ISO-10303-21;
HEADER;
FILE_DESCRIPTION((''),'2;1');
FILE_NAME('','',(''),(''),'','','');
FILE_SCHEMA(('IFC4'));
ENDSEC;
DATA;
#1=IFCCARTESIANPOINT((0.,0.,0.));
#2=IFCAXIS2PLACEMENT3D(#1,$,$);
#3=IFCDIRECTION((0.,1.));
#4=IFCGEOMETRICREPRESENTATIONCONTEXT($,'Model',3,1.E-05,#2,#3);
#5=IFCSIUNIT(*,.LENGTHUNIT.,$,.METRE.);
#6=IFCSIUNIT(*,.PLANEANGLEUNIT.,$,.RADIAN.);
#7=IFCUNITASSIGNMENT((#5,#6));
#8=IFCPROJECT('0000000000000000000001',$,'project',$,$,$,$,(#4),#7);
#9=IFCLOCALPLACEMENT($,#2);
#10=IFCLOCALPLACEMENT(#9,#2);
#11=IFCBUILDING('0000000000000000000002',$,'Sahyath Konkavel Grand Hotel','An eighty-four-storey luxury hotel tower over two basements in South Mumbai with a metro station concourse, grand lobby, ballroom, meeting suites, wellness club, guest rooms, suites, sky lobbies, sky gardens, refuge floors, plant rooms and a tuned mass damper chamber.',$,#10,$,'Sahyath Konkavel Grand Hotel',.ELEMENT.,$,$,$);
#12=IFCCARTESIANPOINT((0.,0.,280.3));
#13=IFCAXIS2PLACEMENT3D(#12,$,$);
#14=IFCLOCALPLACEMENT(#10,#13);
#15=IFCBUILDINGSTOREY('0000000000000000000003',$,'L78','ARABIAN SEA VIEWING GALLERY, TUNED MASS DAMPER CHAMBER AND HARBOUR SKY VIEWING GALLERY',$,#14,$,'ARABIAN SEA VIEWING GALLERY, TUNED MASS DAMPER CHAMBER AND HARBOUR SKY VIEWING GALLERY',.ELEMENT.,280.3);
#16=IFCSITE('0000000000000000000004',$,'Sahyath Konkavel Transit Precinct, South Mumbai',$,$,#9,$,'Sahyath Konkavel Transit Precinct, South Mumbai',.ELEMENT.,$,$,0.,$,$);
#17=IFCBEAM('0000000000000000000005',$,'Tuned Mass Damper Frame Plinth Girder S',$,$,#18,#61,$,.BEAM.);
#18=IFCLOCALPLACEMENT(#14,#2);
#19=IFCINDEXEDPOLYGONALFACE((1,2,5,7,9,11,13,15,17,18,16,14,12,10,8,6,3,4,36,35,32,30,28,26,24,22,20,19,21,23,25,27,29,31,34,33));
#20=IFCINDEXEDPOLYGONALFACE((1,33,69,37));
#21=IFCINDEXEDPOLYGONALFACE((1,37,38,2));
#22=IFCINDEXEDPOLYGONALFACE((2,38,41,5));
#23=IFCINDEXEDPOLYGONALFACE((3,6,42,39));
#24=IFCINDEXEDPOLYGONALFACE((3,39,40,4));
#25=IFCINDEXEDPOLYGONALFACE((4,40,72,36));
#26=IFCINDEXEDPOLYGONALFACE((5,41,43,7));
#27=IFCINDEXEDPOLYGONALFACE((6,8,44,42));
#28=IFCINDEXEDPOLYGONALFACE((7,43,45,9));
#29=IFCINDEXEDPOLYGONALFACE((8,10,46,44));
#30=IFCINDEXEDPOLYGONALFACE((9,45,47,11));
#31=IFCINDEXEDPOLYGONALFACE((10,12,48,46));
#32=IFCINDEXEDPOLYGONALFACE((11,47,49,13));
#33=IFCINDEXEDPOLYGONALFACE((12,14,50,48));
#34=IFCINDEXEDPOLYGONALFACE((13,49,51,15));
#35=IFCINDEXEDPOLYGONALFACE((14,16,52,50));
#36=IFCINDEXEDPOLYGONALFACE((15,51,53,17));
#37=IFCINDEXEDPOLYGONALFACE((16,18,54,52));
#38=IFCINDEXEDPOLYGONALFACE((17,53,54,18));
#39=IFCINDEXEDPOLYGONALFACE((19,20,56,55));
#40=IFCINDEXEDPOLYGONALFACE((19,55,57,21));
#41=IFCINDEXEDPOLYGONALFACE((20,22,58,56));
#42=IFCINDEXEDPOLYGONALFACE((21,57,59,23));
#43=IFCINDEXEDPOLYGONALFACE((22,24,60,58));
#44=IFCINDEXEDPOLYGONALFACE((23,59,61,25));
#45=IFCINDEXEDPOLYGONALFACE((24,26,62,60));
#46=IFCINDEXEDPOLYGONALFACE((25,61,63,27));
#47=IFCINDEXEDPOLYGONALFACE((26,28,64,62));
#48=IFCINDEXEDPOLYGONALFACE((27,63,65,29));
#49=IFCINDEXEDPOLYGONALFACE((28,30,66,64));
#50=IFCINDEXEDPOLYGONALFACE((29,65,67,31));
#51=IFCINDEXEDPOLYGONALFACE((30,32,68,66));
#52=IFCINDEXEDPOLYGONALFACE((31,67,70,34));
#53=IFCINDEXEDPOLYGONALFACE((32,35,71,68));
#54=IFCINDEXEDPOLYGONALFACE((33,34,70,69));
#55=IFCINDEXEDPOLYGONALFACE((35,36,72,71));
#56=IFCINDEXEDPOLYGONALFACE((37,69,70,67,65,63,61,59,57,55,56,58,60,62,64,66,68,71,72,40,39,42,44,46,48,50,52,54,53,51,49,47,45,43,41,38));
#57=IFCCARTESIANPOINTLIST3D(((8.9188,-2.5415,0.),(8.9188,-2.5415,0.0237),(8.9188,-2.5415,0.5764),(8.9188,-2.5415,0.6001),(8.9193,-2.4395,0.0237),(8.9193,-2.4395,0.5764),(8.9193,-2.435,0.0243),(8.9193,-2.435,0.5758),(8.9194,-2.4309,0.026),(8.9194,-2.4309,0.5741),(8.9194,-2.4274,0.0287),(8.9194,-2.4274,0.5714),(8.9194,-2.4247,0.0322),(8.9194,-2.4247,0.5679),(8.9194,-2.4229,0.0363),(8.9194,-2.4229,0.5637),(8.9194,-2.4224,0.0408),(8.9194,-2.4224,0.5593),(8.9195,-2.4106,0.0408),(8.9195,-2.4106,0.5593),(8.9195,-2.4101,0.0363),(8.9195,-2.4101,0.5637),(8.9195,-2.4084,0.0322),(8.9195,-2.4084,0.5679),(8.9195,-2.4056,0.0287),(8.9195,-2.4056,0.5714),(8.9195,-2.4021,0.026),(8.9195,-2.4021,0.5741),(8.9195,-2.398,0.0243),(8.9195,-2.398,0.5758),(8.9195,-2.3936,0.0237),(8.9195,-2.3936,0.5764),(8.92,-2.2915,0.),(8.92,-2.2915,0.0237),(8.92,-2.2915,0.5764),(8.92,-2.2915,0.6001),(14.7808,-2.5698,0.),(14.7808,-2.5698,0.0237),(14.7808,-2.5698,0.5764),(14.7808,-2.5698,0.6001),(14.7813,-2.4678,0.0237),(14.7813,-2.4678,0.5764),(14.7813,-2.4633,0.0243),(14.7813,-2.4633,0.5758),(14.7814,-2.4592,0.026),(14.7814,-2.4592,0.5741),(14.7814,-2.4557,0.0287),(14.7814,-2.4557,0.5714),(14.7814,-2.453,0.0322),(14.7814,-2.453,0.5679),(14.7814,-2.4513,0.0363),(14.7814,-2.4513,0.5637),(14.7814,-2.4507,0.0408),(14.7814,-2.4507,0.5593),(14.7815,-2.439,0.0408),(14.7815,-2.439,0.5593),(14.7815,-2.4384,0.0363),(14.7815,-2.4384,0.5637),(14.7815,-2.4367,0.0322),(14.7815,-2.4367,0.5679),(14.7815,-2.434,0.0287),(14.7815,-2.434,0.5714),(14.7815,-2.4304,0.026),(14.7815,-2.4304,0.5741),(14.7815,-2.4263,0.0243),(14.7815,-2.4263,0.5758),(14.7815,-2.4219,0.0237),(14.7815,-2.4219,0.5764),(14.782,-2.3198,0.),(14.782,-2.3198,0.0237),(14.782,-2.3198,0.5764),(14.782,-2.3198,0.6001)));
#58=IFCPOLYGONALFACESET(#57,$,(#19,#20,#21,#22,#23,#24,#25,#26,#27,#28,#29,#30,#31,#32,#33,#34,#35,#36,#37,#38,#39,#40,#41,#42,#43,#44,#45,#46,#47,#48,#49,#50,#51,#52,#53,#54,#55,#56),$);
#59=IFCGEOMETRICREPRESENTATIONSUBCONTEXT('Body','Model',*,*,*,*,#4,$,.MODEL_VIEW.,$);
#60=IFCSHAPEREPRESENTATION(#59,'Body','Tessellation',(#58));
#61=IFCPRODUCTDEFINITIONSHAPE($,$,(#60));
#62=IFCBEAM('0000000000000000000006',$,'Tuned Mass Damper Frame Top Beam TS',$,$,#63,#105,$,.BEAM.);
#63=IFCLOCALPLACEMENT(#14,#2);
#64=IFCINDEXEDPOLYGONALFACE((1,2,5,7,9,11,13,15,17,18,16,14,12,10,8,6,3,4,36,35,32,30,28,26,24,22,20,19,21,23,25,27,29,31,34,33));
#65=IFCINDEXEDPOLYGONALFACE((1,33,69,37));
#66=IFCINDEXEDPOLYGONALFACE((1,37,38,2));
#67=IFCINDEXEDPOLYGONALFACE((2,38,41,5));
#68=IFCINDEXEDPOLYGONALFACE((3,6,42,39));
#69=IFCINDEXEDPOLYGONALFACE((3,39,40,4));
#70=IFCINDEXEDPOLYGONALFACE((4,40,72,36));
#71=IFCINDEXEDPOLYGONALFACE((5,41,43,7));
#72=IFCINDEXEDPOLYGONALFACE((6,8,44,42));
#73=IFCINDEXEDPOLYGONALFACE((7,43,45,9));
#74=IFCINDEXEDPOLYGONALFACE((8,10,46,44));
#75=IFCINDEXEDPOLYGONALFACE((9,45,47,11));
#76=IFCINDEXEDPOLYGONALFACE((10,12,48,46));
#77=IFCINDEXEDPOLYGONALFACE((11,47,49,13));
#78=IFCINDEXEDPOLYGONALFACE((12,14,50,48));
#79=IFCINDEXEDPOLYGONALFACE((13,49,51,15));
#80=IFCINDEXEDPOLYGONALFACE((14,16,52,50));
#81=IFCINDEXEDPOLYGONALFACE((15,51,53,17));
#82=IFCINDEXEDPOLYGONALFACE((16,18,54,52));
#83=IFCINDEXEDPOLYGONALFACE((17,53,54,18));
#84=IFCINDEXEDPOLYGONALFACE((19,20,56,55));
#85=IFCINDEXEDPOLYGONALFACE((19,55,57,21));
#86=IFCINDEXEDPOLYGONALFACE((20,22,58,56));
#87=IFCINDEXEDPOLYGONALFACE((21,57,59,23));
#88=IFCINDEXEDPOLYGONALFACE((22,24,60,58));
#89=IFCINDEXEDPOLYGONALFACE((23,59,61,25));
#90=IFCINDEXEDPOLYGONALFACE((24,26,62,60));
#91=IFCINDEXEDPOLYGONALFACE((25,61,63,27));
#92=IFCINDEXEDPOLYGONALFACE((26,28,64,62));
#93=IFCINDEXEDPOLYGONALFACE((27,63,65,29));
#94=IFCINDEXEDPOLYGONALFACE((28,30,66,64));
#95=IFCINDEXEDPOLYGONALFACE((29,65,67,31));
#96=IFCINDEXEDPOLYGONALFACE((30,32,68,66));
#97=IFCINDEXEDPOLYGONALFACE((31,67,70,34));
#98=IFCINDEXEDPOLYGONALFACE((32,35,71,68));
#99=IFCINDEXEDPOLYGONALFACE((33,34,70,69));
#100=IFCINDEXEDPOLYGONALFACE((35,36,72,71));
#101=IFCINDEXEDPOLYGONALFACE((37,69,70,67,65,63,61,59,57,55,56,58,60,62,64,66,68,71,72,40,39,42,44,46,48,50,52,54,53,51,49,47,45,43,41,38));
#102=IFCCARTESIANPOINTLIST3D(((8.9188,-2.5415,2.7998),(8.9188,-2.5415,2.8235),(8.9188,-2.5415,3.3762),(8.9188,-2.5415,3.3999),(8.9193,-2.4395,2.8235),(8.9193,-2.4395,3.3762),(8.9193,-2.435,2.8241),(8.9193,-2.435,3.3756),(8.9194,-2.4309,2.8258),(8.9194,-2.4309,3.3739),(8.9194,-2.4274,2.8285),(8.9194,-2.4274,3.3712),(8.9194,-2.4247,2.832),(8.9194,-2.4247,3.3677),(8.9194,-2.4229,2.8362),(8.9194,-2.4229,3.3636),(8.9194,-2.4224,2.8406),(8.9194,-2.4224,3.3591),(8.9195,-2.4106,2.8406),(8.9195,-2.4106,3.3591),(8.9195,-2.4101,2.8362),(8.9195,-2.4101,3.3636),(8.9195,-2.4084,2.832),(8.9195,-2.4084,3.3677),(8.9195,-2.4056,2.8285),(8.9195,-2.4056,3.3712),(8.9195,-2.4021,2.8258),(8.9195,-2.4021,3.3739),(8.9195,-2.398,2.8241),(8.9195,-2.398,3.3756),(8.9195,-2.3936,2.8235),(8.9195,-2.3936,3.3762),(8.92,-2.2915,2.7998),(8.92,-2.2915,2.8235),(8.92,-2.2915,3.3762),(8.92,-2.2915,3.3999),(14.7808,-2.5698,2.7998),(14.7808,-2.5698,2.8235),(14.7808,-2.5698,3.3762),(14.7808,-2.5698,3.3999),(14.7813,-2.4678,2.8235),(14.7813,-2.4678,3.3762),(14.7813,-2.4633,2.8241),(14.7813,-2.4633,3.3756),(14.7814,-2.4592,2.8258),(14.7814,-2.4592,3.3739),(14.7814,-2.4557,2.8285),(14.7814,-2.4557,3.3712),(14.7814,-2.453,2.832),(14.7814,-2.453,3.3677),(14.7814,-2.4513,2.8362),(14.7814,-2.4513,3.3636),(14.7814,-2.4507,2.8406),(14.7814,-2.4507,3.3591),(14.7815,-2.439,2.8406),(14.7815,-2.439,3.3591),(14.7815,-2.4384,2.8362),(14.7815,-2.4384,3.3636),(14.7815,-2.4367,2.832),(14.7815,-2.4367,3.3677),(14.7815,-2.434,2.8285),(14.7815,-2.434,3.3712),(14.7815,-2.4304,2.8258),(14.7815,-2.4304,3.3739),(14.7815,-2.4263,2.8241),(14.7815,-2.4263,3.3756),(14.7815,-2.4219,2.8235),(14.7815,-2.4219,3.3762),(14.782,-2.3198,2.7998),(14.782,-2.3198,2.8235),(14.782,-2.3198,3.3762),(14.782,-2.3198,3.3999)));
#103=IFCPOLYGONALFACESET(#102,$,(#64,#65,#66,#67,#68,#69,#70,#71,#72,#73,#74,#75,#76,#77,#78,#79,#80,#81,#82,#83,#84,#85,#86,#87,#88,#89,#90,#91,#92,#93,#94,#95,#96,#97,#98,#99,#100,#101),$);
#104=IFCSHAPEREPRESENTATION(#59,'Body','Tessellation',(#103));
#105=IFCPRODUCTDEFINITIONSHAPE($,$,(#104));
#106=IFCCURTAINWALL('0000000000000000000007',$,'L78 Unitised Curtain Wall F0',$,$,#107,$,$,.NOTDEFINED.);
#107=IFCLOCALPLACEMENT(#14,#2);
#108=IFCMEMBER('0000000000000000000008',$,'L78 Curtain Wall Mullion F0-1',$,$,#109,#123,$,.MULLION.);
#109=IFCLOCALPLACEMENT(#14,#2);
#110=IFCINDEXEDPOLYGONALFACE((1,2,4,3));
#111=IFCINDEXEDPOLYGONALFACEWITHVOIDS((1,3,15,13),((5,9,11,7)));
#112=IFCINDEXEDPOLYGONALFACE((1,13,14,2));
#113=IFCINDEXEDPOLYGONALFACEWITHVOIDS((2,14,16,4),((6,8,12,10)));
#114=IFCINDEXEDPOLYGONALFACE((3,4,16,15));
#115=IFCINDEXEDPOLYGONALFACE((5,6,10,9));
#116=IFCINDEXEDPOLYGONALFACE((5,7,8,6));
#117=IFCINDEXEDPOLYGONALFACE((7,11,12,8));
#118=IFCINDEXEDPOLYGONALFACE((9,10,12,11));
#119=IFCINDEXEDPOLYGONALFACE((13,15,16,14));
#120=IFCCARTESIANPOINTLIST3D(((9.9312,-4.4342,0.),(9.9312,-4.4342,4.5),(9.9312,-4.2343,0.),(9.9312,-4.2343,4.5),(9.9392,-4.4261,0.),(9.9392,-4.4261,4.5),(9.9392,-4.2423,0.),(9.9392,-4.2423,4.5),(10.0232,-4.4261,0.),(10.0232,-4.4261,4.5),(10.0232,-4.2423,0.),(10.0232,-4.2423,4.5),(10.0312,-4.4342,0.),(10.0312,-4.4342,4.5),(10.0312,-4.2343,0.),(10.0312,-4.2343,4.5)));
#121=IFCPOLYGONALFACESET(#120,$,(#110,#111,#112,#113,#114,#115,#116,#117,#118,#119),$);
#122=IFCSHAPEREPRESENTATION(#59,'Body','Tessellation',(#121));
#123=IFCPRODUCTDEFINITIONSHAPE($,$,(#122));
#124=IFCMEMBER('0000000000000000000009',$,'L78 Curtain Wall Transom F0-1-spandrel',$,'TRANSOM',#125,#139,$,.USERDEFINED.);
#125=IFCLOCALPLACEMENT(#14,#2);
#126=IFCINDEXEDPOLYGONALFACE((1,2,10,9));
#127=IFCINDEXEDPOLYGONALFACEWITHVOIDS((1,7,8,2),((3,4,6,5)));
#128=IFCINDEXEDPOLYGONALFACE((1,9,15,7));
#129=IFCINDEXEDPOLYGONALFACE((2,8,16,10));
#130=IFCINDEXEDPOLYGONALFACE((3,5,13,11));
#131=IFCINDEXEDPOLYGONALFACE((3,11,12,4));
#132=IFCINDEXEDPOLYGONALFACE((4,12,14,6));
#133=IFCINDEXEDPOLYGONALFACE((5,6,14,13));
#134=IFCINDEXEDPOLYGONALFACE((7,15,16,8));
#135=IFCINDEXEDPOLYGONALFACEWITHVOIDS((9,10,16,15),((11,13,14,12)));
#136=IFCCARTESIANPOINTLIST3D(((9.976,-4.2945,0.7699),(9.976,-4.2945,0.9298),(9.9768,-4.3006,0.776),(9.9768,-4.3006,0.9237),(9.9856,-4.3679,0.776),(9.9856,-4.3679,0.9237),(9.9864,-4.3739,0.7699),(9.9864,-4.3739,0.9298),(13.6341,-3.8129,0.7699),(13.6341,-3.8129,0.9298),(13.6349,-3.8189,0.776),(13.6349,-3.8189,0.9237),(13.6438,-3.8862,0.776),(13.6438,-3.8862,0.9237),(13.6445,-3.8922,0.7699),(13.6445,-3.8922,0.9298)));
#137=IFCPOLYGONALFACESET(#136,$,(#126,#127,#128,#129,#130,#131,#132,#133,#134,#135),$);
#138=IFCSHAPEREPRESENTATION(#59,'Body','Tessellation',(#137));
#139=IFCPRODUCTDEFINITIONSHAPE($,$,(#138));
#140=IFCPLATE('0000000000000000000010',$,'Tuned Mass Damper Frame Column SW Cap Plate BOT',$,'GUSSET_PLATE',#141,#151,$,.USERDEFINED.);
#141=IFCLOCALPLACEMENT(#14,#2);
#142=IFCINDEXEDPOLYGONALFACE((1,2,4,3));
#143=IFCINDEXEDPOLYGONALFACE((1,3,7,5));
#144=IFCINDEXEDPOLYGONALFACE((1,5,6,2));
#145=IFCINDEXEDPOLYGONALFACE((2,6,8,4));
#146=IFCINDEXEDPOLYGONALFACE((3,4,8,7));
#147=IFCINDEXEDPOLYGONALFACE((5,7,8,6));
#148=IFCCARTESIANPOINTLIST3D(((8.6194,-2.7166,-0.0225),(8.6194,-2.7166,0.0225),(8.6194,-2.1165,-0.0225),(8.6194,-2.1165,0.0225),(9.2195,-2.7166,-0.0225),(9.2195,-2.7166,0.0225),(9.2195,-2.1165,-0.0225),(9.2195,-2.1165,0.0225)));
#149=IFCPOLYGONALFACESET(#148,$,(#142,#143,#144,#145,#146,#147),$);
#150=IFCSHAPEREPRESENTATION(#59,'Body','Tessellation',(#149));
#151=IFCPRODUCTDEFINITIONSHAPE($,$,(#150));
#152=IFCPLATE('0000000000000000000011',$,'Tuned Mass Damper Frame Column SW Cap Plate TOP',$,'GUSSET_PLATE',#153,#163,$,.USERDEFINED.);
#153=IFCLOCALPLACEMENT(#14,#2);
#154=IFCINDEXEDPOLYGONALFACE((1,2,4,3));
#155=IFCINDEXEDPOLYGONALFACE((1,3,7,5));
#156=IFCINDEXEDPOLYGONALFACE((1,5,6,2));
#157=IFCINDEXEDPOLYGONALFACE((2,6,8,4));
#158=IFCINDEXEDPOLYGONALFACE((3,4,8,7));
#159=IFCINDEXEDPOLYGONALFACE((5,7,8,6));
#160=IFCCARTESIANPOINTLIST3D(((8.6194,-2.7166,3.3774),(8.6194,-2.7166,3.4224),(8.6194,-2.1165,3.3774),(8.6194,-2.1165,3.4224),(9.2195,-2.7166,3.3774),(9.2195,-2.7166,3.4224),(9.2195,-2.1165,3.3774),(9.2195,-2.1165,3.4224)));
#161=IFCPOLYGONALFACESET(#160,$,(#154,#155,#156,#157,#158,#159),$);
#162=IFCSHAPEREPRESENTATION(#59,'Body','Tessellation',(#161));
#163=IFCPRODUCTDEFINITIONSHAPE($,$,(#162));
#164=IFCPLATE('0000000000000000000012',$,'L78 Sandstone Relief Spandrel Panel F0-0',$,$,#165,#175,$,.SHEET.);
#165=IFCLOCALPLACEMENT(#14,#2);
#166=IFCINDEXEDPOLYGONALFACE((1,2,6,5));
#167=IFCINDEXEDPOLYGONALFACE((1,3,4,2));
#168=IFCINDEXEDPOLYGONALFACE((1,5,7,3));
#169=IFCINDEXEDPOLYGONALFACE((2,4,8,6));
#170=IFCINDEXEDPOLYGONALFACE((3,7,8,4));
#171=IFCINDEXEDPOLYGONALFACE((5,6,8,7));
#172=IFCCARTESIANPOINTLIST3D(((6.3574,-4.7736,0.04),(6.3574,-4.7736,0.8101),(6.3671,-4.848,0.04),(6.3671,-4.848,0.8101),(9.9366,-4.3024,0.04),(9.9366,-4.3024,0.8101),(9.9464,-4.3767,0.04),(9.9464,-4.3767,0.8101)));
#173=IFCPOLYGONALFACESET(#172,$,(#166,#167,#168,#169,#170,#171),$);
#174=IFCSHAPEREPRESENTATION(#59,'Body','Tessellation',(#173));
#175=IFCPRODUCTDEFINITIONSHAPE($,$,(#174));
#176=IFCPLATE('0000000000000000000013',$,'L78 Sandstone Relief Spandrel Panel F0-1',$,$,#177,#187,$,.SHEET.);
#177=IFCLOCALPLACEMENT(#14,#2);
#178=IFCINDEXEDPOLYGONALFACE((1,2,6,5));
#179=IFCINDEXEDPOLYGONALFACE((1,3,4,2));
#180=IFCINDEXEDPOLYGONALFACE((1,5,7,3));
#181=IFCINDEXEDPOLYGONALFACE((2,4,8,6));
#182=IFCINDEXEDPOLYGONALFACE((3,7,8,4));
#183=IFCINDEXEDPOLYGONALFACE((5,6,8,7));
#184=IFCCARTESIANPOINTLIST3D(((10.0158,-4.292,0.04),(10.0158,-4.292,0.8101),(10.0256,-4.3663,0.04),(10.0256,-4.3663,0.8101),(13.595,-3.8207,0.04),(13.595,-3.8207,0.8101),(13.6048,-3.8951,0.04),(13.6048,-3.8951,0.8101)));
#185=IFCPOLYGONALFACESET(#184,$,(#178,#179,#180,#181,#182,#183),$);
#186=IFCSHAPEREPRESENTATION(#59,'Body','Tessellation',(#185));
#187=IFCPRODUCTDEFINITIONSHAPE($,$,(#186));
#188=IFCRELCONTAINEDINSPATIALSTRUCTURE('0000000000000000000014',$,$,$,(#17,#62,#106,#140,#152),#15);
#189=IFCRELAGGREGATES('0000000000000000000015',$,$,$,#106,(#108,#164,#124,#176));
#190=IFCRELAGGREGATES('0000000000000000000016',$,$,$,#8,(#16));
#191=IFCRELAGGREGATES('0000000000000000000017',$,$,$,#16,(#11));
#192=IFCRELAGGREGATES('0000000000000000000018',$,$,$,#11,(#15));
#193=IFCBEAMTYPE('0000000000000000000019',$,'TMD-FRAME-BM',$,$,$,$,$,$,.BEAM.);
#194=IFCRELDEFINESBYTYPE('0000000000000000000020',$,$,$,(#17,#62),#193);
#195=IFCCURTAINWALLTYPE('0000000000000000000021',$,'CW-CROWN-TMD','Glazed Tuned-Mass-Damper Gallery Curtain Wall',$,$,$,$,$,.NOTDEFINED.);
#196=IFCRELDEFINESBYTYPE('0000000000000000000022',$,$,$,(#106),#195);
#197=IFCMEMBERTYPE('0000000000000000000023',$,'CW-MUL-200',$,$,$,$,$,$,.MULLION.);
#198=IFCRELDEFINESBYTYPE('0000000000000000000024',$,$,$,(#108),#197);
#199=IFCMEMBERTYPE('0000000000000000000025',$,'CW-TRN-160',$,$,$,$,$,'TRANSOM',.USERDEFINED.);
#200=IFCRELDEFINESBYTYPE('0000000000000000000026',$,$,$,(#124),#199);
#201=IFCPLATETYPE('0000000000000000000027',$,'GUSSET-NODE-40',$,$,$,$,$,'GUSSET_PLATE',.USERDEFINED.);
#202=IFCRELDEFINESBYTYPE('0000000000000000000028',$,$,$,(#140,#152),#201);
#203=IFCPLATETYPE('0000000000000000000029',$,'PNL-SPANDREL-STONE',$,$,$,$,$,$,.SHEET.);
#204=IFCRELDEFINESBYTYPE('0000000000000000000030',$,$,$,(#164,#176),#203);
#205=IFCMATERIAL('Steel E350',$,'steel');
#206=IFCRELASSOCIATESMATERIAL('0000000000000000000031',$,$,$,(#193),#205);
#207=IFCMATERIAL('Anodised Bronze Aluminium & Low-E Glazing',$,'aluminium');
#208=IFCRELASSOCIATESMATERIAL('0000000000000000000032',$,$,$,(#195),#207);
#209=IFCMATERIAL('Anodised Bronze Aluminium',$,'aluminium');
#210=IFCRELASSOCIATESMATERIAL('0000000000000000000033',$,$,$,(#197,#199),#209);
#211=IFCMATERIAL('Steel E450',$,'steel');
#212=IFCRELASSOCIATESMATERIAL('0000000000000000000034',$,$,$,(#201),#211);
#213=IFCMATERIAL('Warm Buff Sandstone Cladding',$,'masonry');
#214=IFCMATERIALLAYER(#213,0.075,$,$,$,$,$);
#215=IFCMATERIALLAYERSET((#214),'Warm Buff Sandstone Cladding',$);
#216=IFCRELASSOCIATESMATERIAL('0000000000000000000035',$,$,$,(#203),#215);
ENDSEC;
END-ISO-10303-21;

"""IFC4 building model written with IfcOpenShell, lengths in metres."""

from ifc_helpers import new_model, si_unit, direction, frame, origin, origin_2d, place, context, subcontext, project, spatial, rectangle, hollow_rectangle, i_section, extrude, source, transform, mapped, material, layer, layer_set, material_profile, profile_set, type_object, element, aggregate, save


model = new_model("IFC4")

# Units and contexts
model_context = context("Model", 3, precision=1e-05, world=origin(), true_north=direction((0.0, 1.0)))
body_context = subcontext(model_context, "Body", "Model", "MODEL_VIEW")
ifc_project = project(units=[si_unit("LENGTHUNIT", "METRE"), si_unit("PLANEANGLEUNIT", "RADIAN")], contexts=[model_context])

# Site, building, storey
site_placement = place(None, origin())
site = spatial("IfcSite", under=ifc_project, at=site_placement, Name="Sahyath Konkavel Transit Precinct, South Mumbai", LongName="Sahyath Konkavel Transit Precinct, South Mumbai", CompositionType="ELEMENT", RefElevation=0.0)
building_placement = place(site_placement, origin())
building = spatial("IfcBuilding", under=site, at=building_placement, Name="Sahyath Konkavel Grand Hotel", Description="An eighty-four-storey luxury hotel tower over two basements in South Mumbai with a metro station concourse, grand lobby, ballroom, meeting suites, wellness club, guest rooms, suites, sky lobbies, sky gardens, refuge floors, plant rooms and a tuned mass damper chamber.", LongName="Sahyath Konkavel Grand Hotel", CompositionType="ELEMENT")
storey_placement = place(building_placement, frame((0.0, 0.0, 280.3)))
storey = spatial("IfcBuildingStorey", under=building, at=storey_placement, Name="L78", Description="ARABIAN SEA VIEWING GALLERY, TUNED MASS DAMPER CHAMBER AND HARBOUR SKY VIEWING GALLERY", LongName="ARABIAN SEA VIEWING GALLERY, TUNED MASS DAMPER CHAMBER AND HARBOUR SKY VIEWING GALLERY", CompositionType="ELEMENT", Elevation=280.3)

# Shared definitions
ifc_material_1 = material(Name="Steel E350", Category="steel")

# Beams
ifc_material_profile_1 = material_profile(ifc_material_1, i_section(OverallWidth=0.25, OverallDepth=0.6001, WebThickness=0.0117, FlangeThickness=0.0237, FilletRadius=0.0171, at=origin_2d()), Name="ISWB 600")
ifc_profile_set_1 = profile_set([ifc_material_profile_1], Name="Steel E350")
beam_type_1 = type_object("IfcBeamType", Name="TMD-FRAME-BM", PredefinedType="BEAM", material=ifc_profile_set_1)
shared_shape_1 = source(origin(), body_context, "Body", "SweptSolid", [
    extrude(i_section(OverallWidth=0.25, OverallDepth=0.6001, WebThickness=0.0117, FlangeThickness=0.0237, FilletRadius=0.0171, at=origin_2d()), origin(), (0.0, 0.0, 1.0), 5.8621),
])
for number, where, z_axis, x_axis, name in (
    (1, (8.9194, -2.4165, 0.3), (0.999988, -0.004831, 0.0), (0.004831, 0.999988, 0.0), "Tuned Mass Damper Frame Plinth Girder S"),
    (2, (8.9194, -2.4165, 3.0999), (0.999988, -0.004831, 0.0), (0.004831, 0.999988, 0.0), "Tuned Mass Damper Frame Top Beam TS"),
):
    element("IfcBeam", number, at=place(storey_placement, frame(where, z_axis=z_axis, x_axis=x_axis)), inside=storey, type_object=beam_type_1, Name=name, PredefinedType="BEAM", context=body_context, shape_type="MappedRepresentation", body=[
        mapped(shared_shape_1, transform((0.0, 0.0, 0.0), scale=1.0)),
    ])

# Curtain wall, members
ifc_material_2 = material(Name="Anodised Bronze Aluminium & Low-E Glazing", Category="aluminium")
curtain_wall_type = type_object("IfcCurtainWallType", Name="CW-CROWN-TMD", Description="Glazed Tuned-Mass-Damper Gallery Curtain Wall", PredefinedType="NOTDEFINED", material=ifc_material_2)
curtain_wall_placement = place(storey_placement, origin())
curtain_wall = element("IfcCurtainWall", 3, at=curtain_wall_placement, inside=storey, type_object=curtain_wall_type, Name="L78 Unitised Curtain Wall F0", PredefinedType="NOTDEFINED")
ifc_material_3 = material(Name="Anodised Bronze Aluminium", Category="aluminium")
ifc_material_profile_2 = material_profile(ifc_material_3, hollow_rectangle(XDim=0.1001, YDim=0.2, WallThickness=0.0081, at=origin_2d()), Name="RHS 200x100x8")
ifc_profile_set_2 = profile_set([ifc_material_profile_2], Name="Anodised Bronze Aluminium")
member_type_1 = type_object("IfcMemberType", Name="CW-MUL-200", PredefinedType="MULLION", material=ifc_profile_set_2)
shared_shape_2 = source(origin(), body_context, "Body", "SweptSolid", [
    extrude(hollow_rectangle(XDim=0.1001, YDim=0.2, WallThickness=0.0081, at=origin_2d()), origin(), (0.0, 0.0, 1.0), 4.5),
])
member_1_placement = place(storey_placement, frame((9.9812, -4.3342, 0.0), z_axis=(0.0, 0.0, 1.0), x_axis=(1.0, 0.0, 0.0)))
member_1 = element("IfcMember", 4, at=member_1_placement, type_object=member_type_1, Name="L78 Curtain Wall Mullion F0-1", PredefinedType="MULLION", context=body_context, shape_type="MappedRepresentation", body=[
    mapped(shared_shape_2, transform((0.0, 0.0, 0.0), scale=1.0)),
])
ifc_material_profile_3 = material_profile(ifc_material_3, hollow_rectangle(XDim=0.0801, YDim=0.1599, WallThickness=0.0061, at=origin_2d()), Name="RHS 160x80x6")
ifc_profile_set_3 = profile_set([ifc_material_profile_3], Name="Anodised Bronze Aluminium")
member_type_2 = type_object("IfcMemberType", Name="CW-TRN-160", ElementType="TRANSOM", PredefinedType="USERDEFINED", material=ifc_profile_set_3)
shared_shape_3 = source(origin(), body_context, "Body", "SweptSolid", [
    extrude(hollow_rectangle(XDim=0.0801, YDim=0.1599, WallThickness=0.0061, at=origin_2d()), origin(), (0.0, 0.0, 1.0), 3.6897),
])
member_2_placement = place(storey_placement, frame((9.9812, -4.3342, 0.8499), z_axis=(0.991442, 0.130547, 0.0), x_axis=(-0.130547, 0.991442, 0.0)))
member_2 = element("IfcMember", 5, at=member_2_placement, type_object=member_type_2, Name="L78 Curtain Wall Transom F0-1-spandrel", ObjectType="TRANSOM", PredefinedType="USERDEFINED", context=body_context, shape_type="MappedRepresentation", body=[
    mapped(shared_shape_3, transform((0.0, 0.0, 0.0), scale=1.0)),
])

# Plates
ifc_material_4 = material(Name="Steel E450", Category="steel")
plate_type_1 = type_object("IfcPlateType", Name="GUSSET-NODE-40", ElementType="GUSSET_PLATE", PredefinedType="USERDEFINED", material=ifc_material_4)
shared_shape_4 = source(origin(), body_context, "Body", "SweptSolid", [
    extrude(rectangle(XDim=0.6001, YDim=0.6001, at=origin_2d()), origin(), (0.0, 0.0, 1.0), 0.0449),
])
for number, where, z_axis, x_axis, name in (
    (6, (8.9194, -2.4165, -0.0225), (0.0, 0.0, 1.0), (1.0, 0.0, 0.0), "Tuned Mass Damper Frame Column SW Cap Plate BOT"),
    (7, (8.9194, -2.4165, 3.3774), (0.0, 0.0, 1.0), (1.0, 0.0, 0.0), "Tuned Mass Damper Frame Column SW Cap Plate TOP"),
):
    element("IfcPlate", number, at=place(storey_placement, frame(where, z_axis=z_axis, x_axis=x_axis)), inside=storey, type_object=plate_type_1, Name=name, ObjectType="GUSSET_PLATE", PredefinedType="USERDEFINED", context=body_context, shape_type="MappedRepresentation", body=[
        mapped(shared_shape_4, transform((0.0, 0.0, 0.0), scale=1.0)),
    ])

# Plates
ifc_material_5 = material(Name="Warm Buff Sandstone Cladding", Category="masonry")
ifc_layer_1 = layer(ifc_material_5, 0.075)
ifc_layer_set_1 = layer_set([ifc_layer_1], Name="Warm Buff Sandstone Cladding")
plate_type_2 = type_object("IfcPlateType", Name="PNL-SPANDREL-STONE", PredefinedType="SHEET", material=ifc_layer_set_1)
shared_shape_5 = source(origin(), body_context, "Body", "SweptSolid", [
    extrude(rectangle(XDim=3.6101, YDim=0.075, at=origin_2d()), origin(), (0.0, 0.0, 1.0), 0.77),
])
plate_1_placement = place(storey_placement, frame((8.1519, -4.5752, 0.04), z_axis=(0.0, 0.0, 1.0), x_axis=(0.991445, 0.130526, 0.0)))
plate_1 = element("IfcPlate", 8, at=plate_1_placement, type_object=plate_type_2, Name="L78 Sandstone Relief Spandrel Panel F0-0", PredefinedType="SHEET", context=body_context, shape_type="MappedRepresentation", body=[
    mapped(shared_shape_5, transform((0.0, 0.0, 0.0), scale=1.0)),
])
plate_2_placement = place(storey_placement, frame((11.8103, -4.0935, 0.04), z_axis=(0.0, 0.0, 1.0), x_axis=(0.991445, 0.130526, 0.0)))
plate_2 = element("IfcPlate", 9, at=plate_2_placement, type_object=plate_type_2, Name="L78 Sandstone Relief Spandrel Panel F0-1", PredefinedType="SHEET", context=body_context, shape_type="MappedRepresentation", body=[
    mapped(shared_shape_5, transform((0.0, 0.0, 0.0), scale=1.0)),
])
aggregate(curtain_wall, [member_1, plate_1, member_2, plate_2])

save(model, "model.ifc")
